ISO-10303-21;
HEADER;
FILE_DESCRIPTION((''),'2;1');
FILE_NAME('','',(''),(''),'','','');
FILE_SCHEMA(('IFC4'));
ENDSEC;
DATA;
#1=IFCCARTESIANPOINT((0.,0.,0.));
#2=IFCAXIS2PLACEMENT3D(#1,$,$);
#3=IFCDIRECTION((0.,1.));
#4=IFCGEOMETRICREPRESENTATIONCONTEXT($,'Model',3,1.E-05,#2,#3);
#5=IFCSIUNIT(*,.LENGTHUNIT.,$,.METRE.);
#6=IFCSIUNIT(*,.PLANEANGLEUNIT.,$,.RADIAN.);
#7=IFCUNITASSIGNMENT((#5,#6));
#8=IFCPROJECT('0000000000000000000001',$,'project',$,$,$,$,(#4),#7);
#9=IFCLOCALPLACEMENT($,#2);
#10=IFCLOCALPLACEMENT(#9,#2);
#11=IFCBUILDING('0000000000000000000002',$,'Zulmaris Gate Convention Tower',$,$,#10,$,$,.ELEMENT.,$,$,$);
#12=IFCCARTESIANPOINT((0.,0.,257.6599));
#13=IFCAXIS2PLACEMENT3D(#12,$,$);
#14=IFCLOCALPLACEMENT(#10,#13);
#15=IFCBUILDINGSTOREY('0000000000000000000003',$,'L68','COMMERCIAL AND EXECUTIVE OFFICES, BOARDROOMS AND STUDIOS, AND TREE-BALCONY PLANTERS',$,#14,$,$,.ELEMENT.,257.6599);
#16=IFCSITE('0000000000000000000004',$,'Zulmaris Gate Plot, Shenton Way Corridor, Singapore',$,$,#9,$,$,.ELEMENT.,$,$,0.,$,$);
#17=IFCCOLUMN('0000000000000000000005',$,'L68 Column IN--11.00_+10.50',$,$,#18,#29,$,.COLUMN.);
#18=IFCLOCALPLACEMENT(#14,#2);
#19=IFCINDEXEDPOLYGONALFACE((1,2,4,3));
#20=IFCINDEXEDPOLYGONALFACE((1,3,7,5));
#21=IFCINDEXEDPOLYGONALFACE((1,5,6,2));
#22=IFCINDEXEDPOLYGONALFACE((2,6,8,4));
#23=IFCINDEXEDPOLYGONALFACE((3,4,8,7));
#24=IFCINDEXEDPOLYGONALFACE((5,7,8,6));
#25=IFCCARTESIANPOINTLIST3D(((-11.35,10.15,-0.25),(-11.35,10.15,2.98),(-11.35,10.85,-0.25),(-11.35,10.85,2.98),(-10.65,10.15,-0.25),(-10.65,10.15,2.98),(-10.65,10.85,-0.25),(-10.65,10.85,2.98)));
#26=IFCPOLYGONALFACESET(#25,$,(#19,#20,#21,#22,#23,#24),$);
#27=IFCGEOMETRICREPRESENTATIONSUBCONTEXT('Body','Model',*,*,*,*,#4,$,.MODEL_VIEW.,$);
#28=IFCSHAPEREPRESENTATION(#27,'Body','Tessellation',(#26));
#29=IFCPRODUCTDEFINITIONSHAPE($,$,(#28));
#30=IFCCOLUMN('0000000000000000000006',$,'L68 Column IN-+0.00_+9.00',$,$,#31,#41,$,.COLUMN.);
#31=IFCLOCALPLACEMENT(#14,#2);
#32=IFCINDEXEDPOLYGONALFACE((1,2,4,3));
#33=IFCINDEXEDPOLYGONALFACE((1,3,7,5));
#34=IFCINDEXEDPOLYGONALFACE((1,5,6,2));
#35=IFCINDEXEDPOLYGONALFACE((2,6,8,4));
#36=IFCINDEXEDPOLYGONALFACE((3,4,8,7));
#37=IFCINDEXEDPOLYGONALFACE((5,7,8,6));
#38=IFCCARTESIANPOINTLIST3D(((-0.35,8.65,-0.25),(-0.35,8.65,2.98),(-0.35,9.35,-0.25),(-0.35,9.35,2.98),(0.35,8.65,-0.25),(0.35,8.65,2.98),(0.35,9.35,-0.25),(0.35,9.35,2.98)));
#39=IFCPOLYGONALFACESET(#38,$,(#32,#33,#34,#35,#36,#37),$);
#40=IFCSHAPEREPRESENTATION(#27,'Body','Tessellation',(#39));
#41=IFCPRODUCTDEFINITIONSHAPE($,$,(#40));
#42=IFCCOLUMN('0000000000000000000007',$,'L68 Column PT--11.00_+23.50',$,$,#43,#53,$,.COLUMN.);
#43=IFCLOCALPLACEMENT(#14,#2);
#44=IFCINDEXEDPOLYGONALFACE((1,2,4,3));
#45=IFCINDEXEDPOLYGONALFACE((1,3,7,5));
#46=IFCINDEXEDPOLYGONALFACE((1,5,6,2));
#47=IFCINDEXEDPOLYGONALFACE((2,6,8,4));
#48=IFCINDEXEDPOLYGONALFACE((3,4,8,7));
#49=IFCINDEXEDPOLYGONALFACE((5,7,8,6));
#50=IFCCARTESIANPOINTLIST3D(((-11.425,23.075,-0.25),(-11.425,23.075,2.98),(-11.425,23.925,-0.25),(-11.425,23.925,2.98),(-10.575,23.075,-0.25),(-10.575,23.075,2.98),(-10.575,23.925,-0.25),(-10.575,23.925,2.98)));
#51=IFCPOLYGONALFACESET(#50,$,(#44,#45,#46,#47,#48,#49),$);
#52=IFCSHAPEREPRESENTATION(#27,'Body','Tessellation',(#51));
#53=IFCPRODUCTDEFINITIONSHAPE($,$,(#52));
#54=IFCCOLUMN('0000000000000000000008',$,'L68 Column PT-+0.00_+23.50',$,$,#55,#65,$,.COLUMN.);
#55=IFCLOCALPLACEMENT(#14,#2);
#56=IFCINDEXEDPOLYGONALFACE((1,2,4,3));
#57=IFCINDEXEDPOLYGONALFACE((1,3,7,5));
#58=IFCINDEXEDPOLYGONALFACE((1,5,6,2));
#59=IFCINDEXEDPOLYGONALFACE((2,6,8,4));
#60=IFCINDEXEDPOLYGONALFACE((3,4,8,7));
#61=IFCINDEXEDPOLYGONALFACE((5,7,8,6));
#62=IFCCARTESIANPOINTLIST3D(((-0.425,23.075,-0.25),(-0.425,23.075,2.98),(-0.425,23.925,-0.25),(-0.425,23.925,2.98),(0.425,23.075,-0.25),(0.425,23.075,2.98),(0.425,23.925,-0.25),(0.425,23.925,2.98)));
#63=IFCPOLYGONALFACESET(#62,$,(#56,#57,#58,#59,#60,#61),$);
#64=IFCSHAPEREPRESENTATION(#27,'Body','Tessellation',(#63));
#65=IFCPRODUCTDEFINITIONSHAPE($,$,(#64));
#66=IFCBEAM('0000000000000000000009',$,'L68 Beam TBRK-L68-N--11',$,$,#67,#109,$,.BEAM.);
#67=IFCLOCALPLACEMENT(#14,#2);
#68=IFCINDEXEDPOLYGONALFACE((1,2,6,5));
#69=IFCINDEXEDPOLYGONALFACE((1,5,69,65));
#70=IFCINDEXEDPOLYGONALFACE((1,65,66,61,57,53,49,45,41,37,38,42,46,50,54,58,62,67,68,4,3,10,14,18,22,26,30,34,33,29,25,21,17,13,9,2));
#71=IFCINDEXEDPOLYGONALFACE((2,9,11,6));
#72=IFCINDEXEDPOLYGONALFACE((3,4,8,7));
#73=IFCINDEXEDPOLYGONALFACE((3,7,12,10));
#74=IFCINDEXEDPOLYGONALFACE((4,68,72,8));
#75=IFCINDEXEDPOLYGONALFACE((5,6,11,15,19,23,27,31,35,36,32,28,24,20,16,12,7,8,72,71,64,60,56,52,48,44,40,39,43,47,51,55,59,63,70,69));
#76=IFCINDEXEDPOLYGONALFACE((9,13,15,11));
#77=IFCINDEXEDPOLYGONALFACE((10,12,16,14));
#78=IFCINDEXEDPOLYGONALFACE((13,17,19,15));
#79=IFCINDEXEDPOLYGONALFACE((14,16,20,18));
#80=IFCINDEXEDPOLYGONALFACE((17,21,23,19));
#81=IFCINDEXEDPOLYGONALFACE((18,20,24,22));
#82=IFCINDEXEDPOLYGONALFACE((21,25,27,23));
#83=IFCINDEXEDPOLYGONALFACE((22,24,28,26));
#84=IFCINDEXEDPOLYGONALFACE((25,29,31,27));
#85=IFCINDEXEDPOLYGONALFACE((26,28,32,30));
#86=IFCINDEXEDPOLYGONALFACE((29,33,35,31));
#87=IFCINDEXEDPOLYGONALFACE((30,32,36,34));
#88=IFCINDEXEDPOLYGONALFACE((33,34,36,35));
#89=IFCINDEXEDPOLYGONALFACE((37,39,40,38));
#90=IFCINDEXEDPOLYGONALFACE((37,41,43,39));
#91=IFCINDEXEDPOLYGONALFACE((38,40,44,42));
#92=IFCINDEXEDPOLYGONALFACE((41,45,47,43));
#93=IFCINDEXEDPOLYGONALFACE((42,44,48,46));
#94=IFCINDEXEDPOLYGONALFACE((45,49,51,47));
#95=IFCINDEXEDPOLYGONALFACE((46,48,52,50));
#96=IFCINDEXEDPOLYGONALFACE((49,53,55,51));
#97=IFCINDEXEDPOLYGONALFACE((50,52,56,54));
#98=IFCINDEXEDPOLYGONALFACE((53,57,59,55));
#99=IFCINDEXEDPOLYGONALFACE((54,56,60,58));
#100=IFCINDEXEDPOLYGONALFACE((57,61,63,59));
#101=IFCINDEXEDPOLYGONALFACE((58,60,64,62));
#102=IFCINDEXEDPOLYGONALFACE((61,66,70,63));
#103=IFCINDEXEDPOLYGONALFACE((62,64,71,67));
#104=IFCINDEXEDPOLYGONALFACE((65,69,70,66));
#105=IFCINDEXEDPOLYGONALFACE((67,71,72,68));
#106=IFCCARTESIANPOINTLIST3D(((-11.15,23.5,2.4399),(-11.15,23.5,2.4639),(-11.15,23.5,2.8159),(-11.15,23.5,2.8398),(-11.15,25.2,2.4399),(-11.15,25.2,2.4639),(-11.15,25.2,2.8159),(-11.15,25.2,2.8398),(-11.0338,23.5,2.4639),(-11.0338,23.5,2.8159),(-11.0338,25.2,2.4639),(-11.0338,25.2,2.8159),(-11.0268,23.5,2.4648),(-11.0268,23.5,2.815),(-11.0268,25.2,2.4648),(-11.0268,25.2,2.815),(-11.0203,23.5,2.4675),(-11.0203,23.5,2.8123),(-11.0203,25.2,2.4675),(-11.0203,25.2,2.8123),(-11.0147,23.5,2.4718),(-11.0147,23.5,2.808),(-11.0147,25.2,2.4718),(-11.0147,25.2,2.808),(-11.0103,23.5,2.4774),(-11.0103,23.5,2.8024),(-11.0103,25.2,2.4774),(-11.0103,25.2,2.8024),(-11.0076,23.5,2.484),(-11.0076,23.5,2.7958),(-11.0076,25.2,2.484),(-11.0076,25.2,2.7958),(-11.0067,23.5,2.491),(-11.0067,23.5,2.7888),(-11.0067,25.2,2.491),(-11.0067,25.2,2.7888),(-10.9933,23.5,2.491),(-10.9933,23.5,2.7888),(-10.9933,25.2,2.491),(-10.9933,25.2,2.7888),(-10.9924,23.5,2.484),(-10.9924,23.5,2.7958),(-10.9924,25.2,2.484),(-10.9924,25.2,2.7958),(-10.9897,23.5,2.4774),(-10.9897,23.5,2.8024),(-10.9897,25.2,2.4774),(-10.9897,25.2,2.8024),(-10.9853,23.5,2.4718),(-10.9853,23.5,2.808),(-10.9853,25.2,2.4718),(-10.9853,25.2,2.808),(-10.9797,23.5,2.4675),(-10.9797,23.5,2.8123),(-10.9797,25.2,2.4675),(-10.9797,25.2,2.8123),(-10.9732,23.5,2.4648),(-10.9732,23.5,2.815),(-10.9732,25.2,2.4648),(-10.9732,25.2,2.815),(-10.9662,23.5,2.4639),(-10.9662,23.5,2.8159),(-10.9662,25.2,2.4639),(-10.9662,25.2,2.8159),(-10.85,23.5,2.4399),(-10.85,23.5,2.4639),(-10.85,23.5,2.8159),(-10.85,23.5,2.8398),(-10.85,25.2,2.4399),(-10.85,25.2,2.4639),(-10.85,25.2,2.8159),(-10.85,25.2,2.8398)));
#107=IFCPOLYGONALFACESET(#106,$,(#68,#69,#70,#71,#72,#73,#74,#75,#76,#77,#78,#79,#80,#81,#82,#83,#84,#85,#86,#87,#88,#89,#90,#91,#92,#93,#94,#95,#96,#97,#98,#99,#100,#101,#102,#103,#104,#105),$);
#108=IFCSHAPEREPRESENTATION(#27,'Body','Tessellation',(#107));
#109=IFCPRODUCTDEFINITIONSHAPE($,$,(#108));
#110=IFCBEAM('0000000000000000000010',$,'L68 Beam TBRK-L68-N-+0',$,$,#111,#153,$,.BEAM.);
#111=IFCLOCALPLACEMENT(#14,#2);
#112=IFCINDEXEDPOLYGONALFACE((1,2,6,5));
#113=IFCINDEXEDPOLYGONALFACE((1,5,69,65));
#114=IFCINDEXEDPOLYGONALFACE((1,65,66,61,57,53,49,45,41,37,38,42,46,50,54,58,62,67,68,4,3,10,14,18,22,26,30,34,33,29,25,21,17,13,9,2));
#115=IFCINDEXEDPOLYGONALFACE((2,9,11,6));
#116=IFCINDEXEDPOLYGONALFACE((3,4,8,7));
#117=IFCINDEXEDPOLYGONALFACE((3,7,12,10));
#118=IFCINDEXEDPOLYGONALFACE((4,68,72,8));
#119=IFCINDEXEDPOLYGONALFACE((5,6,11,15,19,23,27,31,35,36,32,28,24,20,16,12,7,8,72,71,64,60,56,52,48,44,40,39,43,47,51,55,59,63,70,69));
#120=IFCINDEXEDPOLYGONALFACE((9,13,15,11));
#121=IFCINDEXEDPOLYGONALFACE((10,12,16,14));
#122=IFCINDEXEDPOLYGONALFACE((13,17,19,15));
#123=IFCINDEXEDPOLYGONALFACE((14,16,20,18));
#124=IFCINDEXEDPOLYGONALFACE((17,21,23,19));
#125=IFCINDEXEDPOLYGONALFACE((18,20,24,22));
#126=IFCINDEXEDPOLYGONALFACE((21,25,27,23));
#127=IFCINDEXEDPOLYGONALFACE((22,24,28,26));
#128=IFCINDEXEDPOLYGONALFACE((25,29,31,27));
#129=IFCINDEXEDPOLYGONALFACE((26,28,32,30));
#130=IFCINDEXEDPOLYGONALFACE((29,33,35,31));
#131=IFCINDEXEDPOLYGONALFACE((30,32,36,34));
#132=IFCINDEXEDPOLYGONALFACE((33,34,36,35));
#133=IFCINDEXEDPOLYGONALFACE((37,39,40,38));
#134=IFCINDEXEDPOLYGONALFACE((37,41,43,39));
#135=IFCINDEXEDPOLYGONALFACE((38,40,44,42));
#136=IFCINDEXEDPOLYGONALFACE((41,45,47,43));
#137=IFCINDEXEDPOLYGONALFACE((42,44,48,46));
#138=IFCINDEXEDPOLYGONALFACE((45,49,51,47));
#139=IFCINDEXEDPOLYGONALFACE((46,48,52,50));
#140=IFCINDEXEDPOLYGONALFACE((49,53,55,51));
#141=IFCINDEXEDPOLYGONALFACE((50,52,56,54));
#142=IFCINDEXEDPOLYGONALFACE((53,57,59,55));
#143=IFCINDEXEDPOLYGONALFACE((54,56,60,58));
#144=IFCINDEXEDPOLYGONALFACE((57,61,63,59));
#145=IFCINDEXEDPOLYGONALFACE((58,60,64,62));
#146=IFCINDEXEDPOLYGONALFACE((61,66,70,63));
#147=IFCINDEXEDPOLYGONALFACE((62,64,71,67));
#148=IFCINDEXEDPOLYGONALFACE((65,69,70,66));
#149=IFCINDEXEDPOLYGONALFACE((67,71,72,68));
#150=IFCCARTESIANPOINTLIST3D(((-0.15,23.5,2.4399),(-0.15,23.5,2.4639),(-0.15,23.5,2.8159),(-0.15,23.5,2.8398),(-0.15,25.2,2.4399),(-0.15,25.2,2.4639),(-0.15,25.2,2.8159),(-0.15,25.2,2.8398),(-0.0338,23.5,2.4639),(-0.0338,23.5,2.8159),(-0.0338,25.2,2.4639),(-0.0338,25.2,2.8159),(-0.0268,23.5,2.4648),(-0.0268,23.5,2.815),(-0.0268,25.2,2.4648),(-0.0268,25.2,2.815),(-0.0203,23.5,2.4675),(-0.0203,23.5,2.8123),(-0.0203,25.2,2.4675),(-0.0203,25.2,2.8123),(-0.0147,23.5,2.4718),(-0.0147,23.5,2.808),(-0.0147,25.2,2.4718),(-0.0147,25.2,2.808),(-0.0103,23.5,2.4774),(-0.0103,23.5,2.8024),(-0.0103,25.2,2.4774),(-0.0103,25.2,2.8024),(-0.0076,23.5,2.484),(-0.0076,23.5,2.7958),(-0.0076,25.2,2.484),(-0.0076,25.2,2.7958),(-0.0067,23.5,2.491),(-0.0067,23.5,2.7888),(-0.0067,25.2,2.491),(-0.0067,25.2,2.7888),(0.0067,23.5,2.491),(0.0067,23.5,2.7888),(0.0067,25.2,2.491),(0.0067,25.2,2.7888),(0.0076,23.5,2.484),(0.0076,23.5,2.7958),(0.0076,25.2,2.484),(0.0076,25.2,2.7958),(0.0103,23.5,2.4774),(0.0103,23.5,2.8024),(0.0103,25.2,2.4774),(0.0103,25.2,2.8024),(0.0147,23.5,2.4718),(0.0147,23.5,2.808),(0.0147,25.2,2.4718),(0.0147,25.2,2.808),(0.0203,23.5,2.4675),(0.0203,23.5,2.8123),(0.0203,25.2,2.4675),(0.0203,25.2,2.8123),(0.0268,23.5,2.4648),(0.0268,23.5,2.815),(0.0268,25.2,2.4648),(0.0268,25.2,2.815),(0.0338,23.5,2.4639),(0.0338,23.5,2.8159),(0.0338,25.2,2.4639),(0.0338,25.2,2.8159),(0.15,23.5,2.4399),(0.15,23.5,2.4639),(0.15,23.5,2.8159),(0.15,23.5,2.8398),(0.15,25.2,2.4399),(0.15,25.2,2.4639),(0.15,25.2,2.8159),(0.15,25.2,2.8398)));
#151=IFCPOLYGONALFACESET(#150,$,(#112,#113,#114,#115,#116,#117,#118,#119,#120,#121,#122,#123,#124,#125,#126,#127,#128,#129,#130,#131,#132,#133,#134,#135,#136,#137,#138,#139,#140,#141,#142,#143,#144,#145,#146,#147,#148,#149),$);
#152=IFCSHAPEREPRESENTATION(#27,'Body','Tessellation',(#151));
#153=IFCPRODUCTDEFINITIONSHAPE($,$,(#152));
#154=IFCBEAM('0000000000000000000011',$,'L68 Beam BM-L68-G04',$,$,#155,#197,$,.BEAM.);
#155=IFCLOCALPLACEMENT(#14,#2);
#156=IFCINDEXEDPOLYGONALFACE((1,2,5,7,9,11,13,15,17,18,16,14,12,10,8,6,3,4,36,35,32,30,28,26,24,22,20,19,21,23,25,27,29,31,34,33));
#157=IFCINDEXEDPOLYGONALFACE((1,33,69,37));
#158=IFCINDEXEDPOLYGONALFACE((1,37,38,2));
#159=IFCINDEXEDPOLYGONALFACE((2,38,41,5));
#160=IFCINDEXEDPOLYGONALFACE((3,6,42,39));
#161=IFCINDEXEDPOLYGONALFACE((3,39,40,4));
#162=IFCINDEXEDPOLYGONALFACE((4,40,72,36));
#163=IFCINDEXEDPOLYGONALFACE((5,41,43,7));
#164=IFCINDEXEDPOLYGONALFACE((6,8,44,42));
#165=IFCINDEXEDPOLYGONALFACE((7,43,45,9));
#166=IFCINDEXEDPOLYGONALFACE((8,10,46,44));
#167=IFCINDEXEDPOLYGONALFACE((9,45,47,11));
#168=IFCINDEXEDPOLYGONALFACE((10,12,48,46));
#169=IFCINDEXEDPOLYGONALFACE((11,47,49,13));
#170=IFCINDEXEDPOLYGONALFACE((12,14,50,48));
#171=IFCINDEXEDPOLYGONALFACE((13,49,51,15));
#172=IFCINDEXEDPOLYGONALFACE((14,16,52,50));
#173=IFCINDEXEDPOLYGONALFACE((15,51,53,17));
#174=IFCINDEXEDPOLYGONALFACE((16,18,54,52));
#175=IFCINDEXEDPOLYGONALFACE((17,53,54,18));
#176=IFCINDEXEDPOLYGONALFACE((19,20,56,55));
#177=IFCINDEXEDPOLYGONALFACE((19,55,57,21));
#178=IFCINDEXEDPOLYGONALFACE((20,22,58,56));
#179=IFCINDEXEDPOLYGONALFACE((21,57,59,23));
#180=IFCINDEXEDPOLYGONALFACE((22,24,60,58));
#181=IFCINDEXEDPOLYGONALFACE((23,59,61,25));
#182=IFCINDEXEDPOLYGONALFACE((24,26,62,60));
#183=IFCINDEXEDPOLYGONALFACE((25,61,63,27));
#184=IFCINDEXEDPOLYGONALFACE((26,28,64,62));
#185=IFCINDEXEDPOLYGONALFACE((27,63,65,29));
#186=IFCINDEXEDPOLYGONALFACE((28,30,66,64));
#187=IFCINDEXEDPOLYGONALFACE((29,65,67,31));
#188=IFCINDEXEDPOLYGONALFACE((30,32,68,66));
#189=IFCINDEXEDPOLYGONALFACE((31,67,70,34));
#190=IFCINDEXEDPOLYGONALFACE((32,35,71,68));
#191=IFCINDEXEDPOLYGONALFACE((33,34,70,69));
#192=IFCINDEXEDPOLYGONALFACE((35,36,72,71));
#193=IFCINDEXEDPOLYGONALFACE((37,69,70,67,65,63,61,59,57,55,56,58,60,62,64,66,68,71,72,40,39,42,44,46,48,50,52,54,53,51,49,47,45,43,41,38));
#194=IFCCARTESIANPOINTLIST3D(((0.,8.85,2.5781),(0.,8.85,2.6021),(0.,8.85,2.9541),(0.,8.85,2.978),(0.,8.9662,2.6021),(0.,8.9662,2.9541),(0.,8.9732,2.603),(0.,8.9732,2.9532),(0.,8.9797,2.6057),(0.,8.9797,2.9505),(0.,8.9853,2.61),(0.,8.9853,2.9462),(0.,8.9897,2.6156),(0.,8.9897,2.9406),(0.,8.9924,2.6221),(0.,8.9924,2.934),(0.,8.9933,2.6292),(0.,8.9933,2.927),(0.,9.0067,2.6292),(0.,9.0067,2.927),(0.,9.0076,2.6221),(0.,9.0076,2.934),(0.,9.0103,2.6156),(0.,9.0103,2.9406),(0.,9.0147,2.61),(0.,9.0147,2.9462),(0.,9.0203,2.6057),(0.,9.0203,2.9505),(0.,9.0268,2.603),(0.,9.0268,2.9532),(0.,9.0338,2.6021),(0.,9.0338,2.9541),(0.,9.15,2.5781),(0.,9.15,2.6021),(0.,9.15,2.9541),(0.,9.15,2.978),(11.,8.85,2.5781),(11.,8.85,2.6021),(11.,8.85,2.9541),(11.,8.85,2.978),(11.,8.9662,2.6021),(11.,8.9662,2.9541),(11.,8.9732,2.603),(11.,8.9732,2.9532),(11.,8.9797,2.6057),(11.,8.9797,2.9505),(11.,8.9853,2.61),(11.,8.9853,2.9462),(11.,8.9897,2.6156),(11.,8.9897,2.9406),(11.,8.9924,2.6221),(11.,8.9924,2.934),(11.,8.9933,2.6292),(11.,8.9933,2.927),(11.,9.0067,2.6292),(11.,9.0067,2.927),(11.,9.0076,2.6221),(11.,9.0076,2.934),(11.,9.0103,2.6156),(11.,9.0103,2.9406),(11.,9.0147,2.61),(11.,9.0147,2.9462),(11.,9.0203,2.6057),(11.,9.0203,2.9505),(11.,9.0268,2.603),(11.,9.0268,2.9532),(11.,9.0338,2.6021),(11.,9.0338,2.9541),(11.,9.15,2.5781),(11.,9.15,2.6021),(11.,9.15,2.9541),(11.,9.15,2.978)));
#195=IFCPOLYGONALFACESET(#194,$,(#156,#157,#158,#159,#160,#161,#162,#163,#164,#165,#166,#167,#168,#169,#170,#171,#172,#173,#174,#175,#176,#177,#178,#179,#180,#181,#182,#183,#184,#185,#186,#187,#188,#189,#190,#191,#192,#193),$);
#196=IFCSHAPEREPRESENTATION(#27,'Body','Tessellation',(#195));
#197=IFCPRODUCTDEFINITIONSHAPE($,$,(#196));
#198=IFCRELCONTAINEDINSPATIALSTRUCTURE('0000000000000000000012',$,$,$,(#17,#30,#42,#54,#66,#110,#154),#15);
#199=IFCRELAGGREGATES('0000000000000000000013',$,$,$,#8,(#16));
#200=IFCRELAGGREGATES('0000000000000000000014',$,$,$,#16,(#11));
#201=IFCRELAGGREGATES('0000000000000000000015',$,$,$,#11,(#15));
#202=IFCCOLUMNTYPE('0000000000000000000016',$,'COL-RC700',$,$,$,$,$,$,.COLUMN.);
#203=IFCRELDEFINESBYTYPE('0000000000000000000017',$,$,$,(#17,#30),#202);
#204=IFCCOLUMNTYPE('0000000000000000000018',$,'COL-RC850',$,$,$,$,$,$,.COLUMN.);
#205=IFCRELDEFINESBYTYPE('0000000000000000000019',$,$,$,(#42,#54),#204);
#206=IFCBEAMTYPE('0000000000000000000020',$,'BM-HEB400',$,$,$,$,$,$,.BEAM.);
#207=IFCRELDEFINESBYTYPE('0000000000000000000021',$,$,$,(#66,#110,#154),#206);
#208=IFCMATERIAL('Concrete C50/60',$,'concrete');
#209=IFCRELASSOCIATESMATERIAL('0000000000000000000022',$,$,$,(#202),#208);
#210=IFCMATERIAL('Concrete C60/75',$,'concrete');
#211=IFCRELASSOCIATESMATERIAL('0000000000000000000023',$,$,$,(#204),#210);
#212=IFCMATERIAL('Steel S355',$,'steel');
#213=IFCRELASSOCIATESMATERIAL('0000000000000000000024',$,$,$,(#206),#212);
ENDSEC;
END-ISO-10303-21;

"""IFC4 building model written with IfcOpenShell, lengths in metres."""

from ifc_helpers import new_model, si_unit, direction, frame, origin, origin_2d, place, context, subcontext, project, spatial, rectangle, i_section, extrude, material, material_profile, profile_set, type_object, element, save


model = new_model("IFC4")

# Units and contexts
model_context = context("Model", 3, precision=1e-05, world=origin(), true_north=direction((0.0, 1.0)))
body_context = subcontext(model_context, "Body", "Model", "MODEL_VIEW")
ifc_project = project(units=[si_unit("LENGTHUNIT", "METRE"), si_unit("PLANEANGLEUNIT", "RADIAN")], contexts=[model_context])

# Site, building, storey
site_placement = place(None, origin())
site = spatial("IfcSite", under=ifc_project, at=site_placement, Name="Zulmaris Gate Plot, Shenton Way Corridor, Singapore", CompositionType="ELEMENT", RefElevation=0.0)
building_placement = place(site_placement, origin())
building = spatial("IfcBuilding", under=site, at=building_placement, Name="Zulmaris Gate Convention Tower", CompositionType="ELEMENT")
storey_placement = place(building_placement, frame((0.0, 0.0, 257.6599)))
storey = spatial("IfcBuildingStorey", under=building, at=storey_placement, Name="L68", Description="COMMERCIAL AND EXECUTIVE OFFICES, BOARDROOMS AND STUDIOS, AND TREE-BALCONY PLANTERS", CompositionType="ELEMENT", Elevation=257.6599)

# Columns
ifc_material_1 = material(Name="Concrete C50/60", Category="concrete")
ifc_material_profile_1 = material_profile(ifc_material_1, rectangle(XDim=0.7, YDim=0.7, at=origin_2d()), Name="RC COL 700x700")
ifc_profile_set_1 = profile_set([ifc_material_profile_1], Name="Concrete C50/60")
column_type_1 = type_object("IfcColumnType", Name="COL-RC700", PredefinedType="COLUMN", material=ifc_profile_set_1)
for number, where, z_axis, x_axis, name in (
    (1, (-11.0, 10.5, -0.25), (0.0, 0.0, 1.0), (1.0, 0.0, 0.0), "L68 Column IN--11.00_+10.50"),
    (2, (0.0, 9.0, -0.25), (0.0, 0.0, 1.0), (1.0, 0.0, 0.0), "L68 Column IN-+0.00_+9.00"),
):
    element("IfcColumn", number, at=place(storey_placement, frame(where, z_axis=z_axis, x_axis=x_axis)), inside=storey, type_object=column_type_1, Name=name, PredefinedType="COLUMN", context=body_context, shape_type="SweptSolid", body=[
        extrude(rectangle(XDim=0.7, YDim=0.7, at=origin_2d()), origin(), (0.0, 0.0, 1.0), 3.23),
    ])
ifc_material_2 = material(Name="Concrete C60/75", Category="concrete")
ifc_material_profile_2 = material_profile(ifc_material_2, rectangle(XDim=0.8501, YDim=0.8501, at=origin_2d()), Name="RC COL 850x850")
ifc_profile_set_2 = profile_set([ifc_material_profile_2], Name="Concrete C60/75")
column_type_2 = type_object("IfcColumnType", Name="COL-RC850", PredefinedType="COLUMN", material=ifc_profile_set_2)
for number, where, z_axis, x_axis, name in (
    (3, (-11.0, 23.5, -0.25), (0.0, 0.0, 1.0), (1.0, 0.0, 0.0), "L68 Column PT--11.00_+23.50"),
    (4, (0.0, 23.5, -0.25), (0.0, 0.0, 1.0), (1.0, 0.0, 0.0), "L68 Column PT-+0.00_+23.50"),
):
    element("IfcColumn", number, at=place(storey_placement, frame(where, z_axis=z_axis, x_axis=x_axis)), inside=storey, type_object=column_type_2, Name=name, PredefinedType="COLUMN", context=body_context, shape_type="SweptSolid", body=[
        extrude(rectangle(XDim=0.8501, YDim=0.8501, at=origin_2d()), origin(), (0.0, 0.0, 1.0), 3.23),
    ])

# Beams
ifc_material_3 = material(Name="Steel S355", Category="steel")
ifc_material_profile_3 = material_profile(ifc_material_3, i_section(OverallWidth=0.3, OverallDepth=0.3999, WebThickness=0.0134, FlangeThickness=0.0239, FilletRadius=0.0271, at=origin_2d()), Name="HEB 400")
ifc_profile_set_3 = profile_set([ifc_material_profile_3], Name="Steel S355")
beam_type_1 = type_object("IfcBeamType", Name="BM-HEB400", PredefinedType="BEAM", material=ifc_profile_set_3)
for number, where, z_axis, x_axis, name in (
    (5, (-11.0, 23.5, 2.6399), (0.0, 1.0, 0.0), (-1.0, 0.0, 0.0), "L68 Beam TBRK-L68-N--11"),
    (6, (0.0, 23.5, 2.6399), (0.0, 1.0, 0.0), (-1.0, 0.0, 0.0), "L68 Beam TBRK-L68-N-+0"),
):
    element("IfcBeam", number, at=place(storey_placement, frame(where, z_axis=z_axis, x_axis=x_axis)), inside=storey, type_object=beam_type_1, Name=name, PredefinedType="BEAM", context=body_context, shape_type="SweptSolid", body=[
        extrude(i_section(OverallWidth=0.3, OverallDepth=0.3999, WebThickness=0.0134, FlangeThickness=0.0239, FilletRadius=0.0271, at=origin_2d()), origin(), (0.0, 0.0, 1.0), 1.7),
    ])
beam_1_placement = place(storey_placement, frame((0.0, 9.0, 2.7781), z_axis=(1.0, 0.0, 0.0), x_axis=(0.0, 1.0, 0.0)))
element("IfcBeam", 7, at=beam_1_placement, inside=storey, type_object=beam_type_1, Name="L68 Beam BM-L68-G04", PredefinedType="BEAM", context=body_context, shape_type="SweptSolid", body=[
    extrude(i_section(OverallWidth=0.3, OverallDepth=0.3999, WebThickness=0.0134, FlangeThickness=0.0239, FilletRadius=0.0271, at=origin_2d()), origin(), (0.0, 0.0, 1.0), 11.0),
])

save(model, "model.ifc")
